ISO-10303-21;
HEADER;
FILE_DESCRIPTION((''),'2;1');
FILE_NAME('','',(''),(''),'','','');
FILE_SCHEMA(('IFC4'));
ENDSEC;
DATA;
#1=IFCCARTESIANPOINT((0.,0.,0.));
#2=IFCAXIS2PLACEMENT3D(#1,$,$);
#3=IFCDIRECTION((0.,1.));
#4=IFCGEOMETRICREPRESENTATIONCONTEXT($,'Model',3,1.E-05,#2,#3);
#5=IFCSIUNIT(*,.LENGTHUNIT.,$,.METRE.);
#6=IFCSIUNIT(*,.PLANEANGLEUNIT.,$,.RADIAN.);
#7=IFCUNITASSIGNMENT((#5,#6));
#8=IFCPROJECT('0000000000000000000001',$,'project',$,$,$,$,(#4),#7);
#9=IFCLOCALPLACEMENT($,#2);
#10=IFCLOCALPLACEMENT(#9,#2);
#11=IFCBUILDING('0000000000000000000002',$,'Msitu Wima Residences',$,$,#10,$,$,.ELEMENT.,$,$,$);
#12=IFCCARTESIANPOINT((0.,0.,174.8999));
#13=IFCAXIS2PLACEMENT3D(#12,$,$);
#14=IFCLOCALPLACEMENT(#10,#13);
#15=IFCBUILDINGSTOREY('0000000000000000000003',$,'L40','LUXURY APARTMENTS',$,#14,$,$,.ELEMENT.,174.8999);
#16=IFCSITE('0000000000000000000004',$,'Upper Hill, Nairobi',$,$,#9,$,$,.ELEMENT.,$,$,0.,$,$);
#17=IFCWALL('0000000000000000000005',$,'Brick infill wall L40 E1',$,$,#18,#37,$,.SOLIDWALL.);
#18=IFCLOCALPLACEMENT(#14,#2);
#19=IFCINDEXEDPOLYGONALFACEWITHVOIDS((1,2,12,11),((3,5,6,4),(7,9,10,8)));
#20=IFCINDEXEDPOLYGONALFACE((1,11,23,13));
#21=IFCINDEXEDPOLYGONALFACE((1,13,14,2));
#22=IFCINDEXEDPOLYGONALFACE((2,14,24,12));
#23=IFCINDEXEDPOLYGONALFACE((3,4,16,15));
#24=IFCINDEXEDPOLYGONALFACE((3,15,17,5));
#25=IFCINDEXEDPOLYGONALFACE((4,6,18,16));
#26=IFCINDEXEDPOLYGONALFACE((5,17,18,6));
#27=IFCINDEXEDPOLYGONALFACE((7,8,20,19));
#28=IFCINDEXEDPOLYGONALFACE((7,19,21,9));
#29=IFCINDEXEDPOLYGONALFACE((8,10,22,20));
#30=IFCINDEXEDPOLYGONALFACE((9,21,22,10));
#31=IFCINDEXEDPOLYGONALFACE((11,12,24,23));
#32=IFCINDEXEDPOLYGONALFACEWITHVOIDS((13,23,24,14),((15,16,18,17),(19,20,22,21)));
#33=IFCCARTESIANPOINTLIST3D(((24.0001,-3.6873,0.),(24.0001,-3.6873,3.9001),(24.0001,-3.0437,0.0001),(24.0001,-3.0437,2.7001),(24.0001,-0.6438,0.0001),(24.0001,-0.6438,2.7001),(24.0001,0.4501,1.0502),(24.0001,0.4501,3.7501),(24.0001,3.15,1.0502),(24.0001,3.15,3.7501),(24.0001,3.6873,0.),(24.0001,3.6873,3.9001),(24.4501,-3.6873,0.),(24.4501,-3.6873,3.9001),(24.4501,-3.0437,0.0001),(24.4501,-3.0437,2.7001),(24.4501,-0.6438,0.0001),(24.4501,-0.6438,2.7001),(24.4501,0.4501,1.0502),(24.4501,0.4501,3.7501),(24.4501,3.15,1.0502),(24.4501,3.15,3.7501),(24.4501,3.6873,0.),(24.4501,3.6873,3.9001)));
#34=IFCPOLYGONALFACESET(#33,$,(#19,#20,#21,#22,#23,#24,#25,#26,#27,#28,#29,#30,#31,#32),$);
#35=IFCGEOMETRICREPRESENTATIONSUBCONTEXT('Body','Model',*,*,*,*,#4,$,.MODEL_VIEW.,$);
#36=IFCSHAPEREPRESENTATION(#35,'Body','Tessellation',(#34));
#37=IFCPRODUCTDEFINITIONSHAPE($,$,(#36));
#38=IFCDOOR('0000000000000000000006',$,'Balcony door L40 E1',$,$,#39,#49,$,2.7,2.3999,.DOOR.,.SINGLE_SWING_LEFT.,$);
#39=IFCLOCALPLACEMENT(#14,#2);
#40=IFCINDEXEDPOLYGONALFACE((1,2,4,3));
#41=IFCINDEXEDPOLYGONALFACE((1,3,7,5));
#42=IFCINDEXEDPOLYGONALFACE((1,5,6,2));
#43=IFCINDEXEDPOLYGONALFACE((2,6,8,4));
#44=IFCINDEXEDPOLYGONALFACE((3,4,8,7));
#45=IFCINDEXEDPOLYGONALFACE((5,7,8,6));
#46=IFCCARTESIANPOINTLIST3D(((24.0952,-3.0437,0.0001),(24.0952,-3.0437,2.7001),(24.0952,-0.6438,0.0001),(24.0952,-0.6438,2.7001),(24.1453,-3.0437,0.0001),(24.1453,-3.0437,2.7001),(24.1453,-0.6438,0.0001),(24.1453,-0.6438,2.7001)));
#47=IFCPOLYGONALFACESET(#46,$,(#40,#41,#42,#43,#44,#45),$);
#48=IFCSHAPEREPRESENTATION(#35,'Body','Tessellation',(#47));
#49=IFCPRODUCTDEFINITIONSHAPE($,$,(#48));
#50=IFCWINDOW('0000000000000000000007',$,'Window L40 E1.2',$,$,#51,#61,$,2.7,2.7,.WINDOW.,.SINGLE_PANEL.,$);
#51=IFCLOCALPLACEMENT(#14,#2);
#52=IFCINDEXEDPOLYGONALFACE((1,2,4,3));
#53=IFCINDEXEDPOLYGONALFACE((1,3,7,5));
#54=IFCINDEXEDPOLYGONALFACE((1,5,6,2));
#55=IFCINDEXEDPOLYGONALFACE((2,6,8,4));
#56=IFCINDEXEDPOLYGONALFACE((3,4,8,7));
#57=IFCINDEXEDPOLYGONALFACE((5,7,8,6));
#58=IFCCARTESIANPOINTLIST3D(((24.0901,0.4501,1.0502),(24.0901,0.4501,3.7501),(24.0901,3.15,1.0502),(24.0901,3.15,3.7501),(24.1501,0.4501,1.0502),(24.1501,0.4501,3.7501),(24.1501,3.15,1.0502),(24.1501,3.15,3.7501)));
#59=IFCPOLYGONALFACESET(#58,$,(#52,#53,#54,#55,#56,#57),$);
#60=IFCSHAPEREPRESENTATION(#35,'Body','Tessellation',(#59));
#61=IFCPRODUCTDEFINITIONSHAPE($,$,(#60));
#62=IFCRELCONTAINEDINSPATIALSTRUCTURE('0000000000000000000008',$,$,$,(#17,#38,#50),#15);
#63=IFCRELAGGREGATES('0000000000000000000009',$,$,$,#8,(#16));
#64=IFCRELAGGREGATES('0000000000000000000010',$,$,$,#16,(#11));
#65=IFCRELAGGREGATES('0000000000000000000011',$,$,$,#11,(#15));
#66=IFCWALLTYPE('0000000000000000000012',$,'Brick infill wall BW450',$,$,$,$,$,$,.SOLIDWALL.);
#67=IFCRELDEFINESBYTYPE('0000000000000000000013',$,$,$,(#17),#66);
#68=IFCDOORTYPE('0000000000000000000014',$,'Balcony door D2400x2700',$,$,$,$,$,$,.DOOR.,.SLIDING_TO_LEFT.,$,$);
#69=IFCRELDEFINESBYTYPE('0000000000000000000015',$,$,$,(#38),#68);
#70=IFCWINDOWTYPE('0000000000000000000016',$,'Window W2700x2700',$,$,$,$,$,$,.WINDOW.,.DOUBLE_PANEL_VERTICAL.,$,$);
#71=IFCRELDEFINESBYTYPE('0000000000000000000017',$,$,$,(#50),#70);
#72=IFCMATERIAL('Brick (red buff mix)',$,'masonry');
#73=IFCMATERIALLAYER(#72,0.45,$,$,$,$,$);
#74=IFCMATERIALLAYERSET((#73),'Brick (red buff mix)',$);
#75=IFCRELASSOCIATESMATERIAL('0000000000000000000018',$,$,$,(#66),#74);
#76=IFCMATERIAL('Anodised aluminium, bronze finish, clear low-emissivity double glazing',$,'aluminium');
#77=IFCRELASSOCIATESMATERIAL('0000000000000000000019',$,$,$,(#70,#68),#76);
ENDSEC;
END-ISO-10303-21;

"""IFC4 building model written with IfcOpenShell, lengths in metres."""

from ifc_helpers import new_model, si_unit, direction, frame, frame_2d, origin, place, context, subcontext, project, spatial, rectangle, extrude, material, layer, layer_set, type_object, element, fill, save


model = new_model("IFC4")

# Units and contexts
model_context = context("Model", 3, precision=1e-05, world=origin(), true_north=direction((0.0, 1.0)))
body_context = subcontext(model_context, "Body", "Model", "MODEL_VIEW")
ifc_project = project(units=[si_unit("LENGTHUNIT", "METRE"), si_unit("PLANEANGLEUNIT", "RADIAN")], contexts=[model_context])

# Site, building, storey
site_placement = place(None, origin())
site = spatial("IfcSite", under=ifc_project, at=site_placement, Name="Upper Hill, Nairobi", CompositionType="ELEMENT", RefElevation=0.0)
building_placement = place(site_placement, origin())
building = spatial("IfcBuilding", under=site, at=building_placement, Name="Msitu Wima Residences", CompositionType="ELEMENT")
storey_placement = place(building_placement, frame((0.0, 0.0, 174.8999)))
storey = spatial("IfcBuildingStorey", under=building, at=storey_placement, Name="L40", Description="LUXURY APARTMENTS", CompositionType="ELEMENT", Elevation=174.8999)

# Shared definitions
ifc_material_1 = material(Name="Brick (red buff mix)", Category="masonry")
ifc_layer_1 = layer(ifc_material_1, 0.45)
ifc_layer_set_1 = layer_set([ifc_layer_1], Name="Brick (red buff mix)")
wall_type_1 = type_object("IfcWallType", Name="Brick infill wall BW450", PredefinedType="SOLIDWALL", material=ifc_layer_set_1)
ifc_material_2 = material(Name="Anodised aluminium, bronze finish, clear low-emissivity double glazing", Category="aluminium")
window_type = type_object("IfcWindowType", Name="Window W2700x2700", PartitioningType="DOUBLE_PANEL_VERTICAL", PredefinedType="WINDOW", material=ifc_material_2)

# Wall, openings, door, window
wall_1_placement = place(storey_placement, frame((24.2251, -3.6873, 0.0), z_axis=(0.0, 0.0, 1.0), x_axis=(0.0, 1.0, 0.0)))
wall_1 = element("IfcWall", 1, at=wall_1_placement, inside=storey, type_object=wall_type_1, Name="Brick infill wall L40 E1", PredefinedType="SOLIDWALL", context=body_context, shape_type="SweptSolid", body=[
    extrude(rectangle(XDim=7.3745, YDim=0.45, at=frame_2d((3.6873, 0.0))), origin(), (0.0, 0.0, 1.0), 3.9001),
])
opening_1_placement = place(wall_1_placement, frame((0.6436, 0.0, 0.0)))
opening_1 = element("IfcOpeningElement", 2, at=opening_1_placement, cuts=wall_1, PredefinedType="OPENING", context=body_context, shape_type="SweptSolid", body=[
    extrude(rectangle(XDim=2.3999, YDim=2.7, at=frame_2d((1.2, 1.3501))), frame((0.0, 0.2349, 0.0), z_axis=(0.0, -1.0, 0.0), x_axis=(1.0, 0.0, 0.0)), (0.0, 0.0, 1.0), 0.47),
])
opening_2_placement = place(wall_1_placement, frame((4.1372, 0.0, 1.05)))
opening_2 = element("IfcOpeningElement", 3, at=opening_2_placement, cuts=wall_1, PredefinedType="OPENING", context=body_context, shape_type="SweptSolid", body=[
    extrude(rectangle(XDim=2.7, YDim=2.7, at=frame_2d((1.3501, 1.3501))), frame((0.0, 0.2349, 0.0), z_axis=(0.0, -1.0, 0.0), x_axis=(1.0, 0.0, 0.0)), (0.0, 0.0, 1.0), 0.47),
])
door_type = type_object("IfcDoorType", Name="Balcony door D2400x2700", OperationType="SLIDING_TO_LEFT", PredefinedType="DOOR", material=ifc_material_2)
door_placement = place(opening_1_placement, origin())
door = element("IfcDoor", 4, at=door_placement, inside=storey, type_object=door_type, Name="Balcony door L40 E1", OperationType="SINGLE_SWING_LEFT", OverallHeight=2.7, OverallWidth=2.3999, PredefinedType="DOOR", context=body_context, shape_type="SweptSolid", body=[
    extrude(rectangle(XDim=2.3999, YDim=2.7, at=frame_2d((1.2, 1.3501))), frame((0.0, 0.1299, 0.0), z_axis=(0.0, -1.0, 0.0), x_axis=(1.0, 0.0, 0.0)), (0.0, 0.0, 1.0), 0.05),
])
fill(opening_1, door)
window_1_placement = place(opening_2_placement, origin())
window_1 = element("IfcWindow", 5, at=window_1_placement, inside=storey, type_object=window_type, Name="Window L40 E1.2", OverallHeight=2.7, OverallWidth=2.7, PartitioningType="SINGLE_PANEL", PredefinedType="WINDOW", context=body_context, shape_type="SweptSolid", body=[
    extrude(rectangle(XDim=2.7, YDim=2.7, at=frame_2d((1.3501, 1.3501))), frame((0.0, 0.135, 0.0), z_axis=(0.0, -1.0, 0.0), x_axis=(1.0, 0.0, 0.0)), (0.0, 0.0, 1.0), 0.0601),
])
fill(opening_2, window_1)

save(model, "model.ifc")
